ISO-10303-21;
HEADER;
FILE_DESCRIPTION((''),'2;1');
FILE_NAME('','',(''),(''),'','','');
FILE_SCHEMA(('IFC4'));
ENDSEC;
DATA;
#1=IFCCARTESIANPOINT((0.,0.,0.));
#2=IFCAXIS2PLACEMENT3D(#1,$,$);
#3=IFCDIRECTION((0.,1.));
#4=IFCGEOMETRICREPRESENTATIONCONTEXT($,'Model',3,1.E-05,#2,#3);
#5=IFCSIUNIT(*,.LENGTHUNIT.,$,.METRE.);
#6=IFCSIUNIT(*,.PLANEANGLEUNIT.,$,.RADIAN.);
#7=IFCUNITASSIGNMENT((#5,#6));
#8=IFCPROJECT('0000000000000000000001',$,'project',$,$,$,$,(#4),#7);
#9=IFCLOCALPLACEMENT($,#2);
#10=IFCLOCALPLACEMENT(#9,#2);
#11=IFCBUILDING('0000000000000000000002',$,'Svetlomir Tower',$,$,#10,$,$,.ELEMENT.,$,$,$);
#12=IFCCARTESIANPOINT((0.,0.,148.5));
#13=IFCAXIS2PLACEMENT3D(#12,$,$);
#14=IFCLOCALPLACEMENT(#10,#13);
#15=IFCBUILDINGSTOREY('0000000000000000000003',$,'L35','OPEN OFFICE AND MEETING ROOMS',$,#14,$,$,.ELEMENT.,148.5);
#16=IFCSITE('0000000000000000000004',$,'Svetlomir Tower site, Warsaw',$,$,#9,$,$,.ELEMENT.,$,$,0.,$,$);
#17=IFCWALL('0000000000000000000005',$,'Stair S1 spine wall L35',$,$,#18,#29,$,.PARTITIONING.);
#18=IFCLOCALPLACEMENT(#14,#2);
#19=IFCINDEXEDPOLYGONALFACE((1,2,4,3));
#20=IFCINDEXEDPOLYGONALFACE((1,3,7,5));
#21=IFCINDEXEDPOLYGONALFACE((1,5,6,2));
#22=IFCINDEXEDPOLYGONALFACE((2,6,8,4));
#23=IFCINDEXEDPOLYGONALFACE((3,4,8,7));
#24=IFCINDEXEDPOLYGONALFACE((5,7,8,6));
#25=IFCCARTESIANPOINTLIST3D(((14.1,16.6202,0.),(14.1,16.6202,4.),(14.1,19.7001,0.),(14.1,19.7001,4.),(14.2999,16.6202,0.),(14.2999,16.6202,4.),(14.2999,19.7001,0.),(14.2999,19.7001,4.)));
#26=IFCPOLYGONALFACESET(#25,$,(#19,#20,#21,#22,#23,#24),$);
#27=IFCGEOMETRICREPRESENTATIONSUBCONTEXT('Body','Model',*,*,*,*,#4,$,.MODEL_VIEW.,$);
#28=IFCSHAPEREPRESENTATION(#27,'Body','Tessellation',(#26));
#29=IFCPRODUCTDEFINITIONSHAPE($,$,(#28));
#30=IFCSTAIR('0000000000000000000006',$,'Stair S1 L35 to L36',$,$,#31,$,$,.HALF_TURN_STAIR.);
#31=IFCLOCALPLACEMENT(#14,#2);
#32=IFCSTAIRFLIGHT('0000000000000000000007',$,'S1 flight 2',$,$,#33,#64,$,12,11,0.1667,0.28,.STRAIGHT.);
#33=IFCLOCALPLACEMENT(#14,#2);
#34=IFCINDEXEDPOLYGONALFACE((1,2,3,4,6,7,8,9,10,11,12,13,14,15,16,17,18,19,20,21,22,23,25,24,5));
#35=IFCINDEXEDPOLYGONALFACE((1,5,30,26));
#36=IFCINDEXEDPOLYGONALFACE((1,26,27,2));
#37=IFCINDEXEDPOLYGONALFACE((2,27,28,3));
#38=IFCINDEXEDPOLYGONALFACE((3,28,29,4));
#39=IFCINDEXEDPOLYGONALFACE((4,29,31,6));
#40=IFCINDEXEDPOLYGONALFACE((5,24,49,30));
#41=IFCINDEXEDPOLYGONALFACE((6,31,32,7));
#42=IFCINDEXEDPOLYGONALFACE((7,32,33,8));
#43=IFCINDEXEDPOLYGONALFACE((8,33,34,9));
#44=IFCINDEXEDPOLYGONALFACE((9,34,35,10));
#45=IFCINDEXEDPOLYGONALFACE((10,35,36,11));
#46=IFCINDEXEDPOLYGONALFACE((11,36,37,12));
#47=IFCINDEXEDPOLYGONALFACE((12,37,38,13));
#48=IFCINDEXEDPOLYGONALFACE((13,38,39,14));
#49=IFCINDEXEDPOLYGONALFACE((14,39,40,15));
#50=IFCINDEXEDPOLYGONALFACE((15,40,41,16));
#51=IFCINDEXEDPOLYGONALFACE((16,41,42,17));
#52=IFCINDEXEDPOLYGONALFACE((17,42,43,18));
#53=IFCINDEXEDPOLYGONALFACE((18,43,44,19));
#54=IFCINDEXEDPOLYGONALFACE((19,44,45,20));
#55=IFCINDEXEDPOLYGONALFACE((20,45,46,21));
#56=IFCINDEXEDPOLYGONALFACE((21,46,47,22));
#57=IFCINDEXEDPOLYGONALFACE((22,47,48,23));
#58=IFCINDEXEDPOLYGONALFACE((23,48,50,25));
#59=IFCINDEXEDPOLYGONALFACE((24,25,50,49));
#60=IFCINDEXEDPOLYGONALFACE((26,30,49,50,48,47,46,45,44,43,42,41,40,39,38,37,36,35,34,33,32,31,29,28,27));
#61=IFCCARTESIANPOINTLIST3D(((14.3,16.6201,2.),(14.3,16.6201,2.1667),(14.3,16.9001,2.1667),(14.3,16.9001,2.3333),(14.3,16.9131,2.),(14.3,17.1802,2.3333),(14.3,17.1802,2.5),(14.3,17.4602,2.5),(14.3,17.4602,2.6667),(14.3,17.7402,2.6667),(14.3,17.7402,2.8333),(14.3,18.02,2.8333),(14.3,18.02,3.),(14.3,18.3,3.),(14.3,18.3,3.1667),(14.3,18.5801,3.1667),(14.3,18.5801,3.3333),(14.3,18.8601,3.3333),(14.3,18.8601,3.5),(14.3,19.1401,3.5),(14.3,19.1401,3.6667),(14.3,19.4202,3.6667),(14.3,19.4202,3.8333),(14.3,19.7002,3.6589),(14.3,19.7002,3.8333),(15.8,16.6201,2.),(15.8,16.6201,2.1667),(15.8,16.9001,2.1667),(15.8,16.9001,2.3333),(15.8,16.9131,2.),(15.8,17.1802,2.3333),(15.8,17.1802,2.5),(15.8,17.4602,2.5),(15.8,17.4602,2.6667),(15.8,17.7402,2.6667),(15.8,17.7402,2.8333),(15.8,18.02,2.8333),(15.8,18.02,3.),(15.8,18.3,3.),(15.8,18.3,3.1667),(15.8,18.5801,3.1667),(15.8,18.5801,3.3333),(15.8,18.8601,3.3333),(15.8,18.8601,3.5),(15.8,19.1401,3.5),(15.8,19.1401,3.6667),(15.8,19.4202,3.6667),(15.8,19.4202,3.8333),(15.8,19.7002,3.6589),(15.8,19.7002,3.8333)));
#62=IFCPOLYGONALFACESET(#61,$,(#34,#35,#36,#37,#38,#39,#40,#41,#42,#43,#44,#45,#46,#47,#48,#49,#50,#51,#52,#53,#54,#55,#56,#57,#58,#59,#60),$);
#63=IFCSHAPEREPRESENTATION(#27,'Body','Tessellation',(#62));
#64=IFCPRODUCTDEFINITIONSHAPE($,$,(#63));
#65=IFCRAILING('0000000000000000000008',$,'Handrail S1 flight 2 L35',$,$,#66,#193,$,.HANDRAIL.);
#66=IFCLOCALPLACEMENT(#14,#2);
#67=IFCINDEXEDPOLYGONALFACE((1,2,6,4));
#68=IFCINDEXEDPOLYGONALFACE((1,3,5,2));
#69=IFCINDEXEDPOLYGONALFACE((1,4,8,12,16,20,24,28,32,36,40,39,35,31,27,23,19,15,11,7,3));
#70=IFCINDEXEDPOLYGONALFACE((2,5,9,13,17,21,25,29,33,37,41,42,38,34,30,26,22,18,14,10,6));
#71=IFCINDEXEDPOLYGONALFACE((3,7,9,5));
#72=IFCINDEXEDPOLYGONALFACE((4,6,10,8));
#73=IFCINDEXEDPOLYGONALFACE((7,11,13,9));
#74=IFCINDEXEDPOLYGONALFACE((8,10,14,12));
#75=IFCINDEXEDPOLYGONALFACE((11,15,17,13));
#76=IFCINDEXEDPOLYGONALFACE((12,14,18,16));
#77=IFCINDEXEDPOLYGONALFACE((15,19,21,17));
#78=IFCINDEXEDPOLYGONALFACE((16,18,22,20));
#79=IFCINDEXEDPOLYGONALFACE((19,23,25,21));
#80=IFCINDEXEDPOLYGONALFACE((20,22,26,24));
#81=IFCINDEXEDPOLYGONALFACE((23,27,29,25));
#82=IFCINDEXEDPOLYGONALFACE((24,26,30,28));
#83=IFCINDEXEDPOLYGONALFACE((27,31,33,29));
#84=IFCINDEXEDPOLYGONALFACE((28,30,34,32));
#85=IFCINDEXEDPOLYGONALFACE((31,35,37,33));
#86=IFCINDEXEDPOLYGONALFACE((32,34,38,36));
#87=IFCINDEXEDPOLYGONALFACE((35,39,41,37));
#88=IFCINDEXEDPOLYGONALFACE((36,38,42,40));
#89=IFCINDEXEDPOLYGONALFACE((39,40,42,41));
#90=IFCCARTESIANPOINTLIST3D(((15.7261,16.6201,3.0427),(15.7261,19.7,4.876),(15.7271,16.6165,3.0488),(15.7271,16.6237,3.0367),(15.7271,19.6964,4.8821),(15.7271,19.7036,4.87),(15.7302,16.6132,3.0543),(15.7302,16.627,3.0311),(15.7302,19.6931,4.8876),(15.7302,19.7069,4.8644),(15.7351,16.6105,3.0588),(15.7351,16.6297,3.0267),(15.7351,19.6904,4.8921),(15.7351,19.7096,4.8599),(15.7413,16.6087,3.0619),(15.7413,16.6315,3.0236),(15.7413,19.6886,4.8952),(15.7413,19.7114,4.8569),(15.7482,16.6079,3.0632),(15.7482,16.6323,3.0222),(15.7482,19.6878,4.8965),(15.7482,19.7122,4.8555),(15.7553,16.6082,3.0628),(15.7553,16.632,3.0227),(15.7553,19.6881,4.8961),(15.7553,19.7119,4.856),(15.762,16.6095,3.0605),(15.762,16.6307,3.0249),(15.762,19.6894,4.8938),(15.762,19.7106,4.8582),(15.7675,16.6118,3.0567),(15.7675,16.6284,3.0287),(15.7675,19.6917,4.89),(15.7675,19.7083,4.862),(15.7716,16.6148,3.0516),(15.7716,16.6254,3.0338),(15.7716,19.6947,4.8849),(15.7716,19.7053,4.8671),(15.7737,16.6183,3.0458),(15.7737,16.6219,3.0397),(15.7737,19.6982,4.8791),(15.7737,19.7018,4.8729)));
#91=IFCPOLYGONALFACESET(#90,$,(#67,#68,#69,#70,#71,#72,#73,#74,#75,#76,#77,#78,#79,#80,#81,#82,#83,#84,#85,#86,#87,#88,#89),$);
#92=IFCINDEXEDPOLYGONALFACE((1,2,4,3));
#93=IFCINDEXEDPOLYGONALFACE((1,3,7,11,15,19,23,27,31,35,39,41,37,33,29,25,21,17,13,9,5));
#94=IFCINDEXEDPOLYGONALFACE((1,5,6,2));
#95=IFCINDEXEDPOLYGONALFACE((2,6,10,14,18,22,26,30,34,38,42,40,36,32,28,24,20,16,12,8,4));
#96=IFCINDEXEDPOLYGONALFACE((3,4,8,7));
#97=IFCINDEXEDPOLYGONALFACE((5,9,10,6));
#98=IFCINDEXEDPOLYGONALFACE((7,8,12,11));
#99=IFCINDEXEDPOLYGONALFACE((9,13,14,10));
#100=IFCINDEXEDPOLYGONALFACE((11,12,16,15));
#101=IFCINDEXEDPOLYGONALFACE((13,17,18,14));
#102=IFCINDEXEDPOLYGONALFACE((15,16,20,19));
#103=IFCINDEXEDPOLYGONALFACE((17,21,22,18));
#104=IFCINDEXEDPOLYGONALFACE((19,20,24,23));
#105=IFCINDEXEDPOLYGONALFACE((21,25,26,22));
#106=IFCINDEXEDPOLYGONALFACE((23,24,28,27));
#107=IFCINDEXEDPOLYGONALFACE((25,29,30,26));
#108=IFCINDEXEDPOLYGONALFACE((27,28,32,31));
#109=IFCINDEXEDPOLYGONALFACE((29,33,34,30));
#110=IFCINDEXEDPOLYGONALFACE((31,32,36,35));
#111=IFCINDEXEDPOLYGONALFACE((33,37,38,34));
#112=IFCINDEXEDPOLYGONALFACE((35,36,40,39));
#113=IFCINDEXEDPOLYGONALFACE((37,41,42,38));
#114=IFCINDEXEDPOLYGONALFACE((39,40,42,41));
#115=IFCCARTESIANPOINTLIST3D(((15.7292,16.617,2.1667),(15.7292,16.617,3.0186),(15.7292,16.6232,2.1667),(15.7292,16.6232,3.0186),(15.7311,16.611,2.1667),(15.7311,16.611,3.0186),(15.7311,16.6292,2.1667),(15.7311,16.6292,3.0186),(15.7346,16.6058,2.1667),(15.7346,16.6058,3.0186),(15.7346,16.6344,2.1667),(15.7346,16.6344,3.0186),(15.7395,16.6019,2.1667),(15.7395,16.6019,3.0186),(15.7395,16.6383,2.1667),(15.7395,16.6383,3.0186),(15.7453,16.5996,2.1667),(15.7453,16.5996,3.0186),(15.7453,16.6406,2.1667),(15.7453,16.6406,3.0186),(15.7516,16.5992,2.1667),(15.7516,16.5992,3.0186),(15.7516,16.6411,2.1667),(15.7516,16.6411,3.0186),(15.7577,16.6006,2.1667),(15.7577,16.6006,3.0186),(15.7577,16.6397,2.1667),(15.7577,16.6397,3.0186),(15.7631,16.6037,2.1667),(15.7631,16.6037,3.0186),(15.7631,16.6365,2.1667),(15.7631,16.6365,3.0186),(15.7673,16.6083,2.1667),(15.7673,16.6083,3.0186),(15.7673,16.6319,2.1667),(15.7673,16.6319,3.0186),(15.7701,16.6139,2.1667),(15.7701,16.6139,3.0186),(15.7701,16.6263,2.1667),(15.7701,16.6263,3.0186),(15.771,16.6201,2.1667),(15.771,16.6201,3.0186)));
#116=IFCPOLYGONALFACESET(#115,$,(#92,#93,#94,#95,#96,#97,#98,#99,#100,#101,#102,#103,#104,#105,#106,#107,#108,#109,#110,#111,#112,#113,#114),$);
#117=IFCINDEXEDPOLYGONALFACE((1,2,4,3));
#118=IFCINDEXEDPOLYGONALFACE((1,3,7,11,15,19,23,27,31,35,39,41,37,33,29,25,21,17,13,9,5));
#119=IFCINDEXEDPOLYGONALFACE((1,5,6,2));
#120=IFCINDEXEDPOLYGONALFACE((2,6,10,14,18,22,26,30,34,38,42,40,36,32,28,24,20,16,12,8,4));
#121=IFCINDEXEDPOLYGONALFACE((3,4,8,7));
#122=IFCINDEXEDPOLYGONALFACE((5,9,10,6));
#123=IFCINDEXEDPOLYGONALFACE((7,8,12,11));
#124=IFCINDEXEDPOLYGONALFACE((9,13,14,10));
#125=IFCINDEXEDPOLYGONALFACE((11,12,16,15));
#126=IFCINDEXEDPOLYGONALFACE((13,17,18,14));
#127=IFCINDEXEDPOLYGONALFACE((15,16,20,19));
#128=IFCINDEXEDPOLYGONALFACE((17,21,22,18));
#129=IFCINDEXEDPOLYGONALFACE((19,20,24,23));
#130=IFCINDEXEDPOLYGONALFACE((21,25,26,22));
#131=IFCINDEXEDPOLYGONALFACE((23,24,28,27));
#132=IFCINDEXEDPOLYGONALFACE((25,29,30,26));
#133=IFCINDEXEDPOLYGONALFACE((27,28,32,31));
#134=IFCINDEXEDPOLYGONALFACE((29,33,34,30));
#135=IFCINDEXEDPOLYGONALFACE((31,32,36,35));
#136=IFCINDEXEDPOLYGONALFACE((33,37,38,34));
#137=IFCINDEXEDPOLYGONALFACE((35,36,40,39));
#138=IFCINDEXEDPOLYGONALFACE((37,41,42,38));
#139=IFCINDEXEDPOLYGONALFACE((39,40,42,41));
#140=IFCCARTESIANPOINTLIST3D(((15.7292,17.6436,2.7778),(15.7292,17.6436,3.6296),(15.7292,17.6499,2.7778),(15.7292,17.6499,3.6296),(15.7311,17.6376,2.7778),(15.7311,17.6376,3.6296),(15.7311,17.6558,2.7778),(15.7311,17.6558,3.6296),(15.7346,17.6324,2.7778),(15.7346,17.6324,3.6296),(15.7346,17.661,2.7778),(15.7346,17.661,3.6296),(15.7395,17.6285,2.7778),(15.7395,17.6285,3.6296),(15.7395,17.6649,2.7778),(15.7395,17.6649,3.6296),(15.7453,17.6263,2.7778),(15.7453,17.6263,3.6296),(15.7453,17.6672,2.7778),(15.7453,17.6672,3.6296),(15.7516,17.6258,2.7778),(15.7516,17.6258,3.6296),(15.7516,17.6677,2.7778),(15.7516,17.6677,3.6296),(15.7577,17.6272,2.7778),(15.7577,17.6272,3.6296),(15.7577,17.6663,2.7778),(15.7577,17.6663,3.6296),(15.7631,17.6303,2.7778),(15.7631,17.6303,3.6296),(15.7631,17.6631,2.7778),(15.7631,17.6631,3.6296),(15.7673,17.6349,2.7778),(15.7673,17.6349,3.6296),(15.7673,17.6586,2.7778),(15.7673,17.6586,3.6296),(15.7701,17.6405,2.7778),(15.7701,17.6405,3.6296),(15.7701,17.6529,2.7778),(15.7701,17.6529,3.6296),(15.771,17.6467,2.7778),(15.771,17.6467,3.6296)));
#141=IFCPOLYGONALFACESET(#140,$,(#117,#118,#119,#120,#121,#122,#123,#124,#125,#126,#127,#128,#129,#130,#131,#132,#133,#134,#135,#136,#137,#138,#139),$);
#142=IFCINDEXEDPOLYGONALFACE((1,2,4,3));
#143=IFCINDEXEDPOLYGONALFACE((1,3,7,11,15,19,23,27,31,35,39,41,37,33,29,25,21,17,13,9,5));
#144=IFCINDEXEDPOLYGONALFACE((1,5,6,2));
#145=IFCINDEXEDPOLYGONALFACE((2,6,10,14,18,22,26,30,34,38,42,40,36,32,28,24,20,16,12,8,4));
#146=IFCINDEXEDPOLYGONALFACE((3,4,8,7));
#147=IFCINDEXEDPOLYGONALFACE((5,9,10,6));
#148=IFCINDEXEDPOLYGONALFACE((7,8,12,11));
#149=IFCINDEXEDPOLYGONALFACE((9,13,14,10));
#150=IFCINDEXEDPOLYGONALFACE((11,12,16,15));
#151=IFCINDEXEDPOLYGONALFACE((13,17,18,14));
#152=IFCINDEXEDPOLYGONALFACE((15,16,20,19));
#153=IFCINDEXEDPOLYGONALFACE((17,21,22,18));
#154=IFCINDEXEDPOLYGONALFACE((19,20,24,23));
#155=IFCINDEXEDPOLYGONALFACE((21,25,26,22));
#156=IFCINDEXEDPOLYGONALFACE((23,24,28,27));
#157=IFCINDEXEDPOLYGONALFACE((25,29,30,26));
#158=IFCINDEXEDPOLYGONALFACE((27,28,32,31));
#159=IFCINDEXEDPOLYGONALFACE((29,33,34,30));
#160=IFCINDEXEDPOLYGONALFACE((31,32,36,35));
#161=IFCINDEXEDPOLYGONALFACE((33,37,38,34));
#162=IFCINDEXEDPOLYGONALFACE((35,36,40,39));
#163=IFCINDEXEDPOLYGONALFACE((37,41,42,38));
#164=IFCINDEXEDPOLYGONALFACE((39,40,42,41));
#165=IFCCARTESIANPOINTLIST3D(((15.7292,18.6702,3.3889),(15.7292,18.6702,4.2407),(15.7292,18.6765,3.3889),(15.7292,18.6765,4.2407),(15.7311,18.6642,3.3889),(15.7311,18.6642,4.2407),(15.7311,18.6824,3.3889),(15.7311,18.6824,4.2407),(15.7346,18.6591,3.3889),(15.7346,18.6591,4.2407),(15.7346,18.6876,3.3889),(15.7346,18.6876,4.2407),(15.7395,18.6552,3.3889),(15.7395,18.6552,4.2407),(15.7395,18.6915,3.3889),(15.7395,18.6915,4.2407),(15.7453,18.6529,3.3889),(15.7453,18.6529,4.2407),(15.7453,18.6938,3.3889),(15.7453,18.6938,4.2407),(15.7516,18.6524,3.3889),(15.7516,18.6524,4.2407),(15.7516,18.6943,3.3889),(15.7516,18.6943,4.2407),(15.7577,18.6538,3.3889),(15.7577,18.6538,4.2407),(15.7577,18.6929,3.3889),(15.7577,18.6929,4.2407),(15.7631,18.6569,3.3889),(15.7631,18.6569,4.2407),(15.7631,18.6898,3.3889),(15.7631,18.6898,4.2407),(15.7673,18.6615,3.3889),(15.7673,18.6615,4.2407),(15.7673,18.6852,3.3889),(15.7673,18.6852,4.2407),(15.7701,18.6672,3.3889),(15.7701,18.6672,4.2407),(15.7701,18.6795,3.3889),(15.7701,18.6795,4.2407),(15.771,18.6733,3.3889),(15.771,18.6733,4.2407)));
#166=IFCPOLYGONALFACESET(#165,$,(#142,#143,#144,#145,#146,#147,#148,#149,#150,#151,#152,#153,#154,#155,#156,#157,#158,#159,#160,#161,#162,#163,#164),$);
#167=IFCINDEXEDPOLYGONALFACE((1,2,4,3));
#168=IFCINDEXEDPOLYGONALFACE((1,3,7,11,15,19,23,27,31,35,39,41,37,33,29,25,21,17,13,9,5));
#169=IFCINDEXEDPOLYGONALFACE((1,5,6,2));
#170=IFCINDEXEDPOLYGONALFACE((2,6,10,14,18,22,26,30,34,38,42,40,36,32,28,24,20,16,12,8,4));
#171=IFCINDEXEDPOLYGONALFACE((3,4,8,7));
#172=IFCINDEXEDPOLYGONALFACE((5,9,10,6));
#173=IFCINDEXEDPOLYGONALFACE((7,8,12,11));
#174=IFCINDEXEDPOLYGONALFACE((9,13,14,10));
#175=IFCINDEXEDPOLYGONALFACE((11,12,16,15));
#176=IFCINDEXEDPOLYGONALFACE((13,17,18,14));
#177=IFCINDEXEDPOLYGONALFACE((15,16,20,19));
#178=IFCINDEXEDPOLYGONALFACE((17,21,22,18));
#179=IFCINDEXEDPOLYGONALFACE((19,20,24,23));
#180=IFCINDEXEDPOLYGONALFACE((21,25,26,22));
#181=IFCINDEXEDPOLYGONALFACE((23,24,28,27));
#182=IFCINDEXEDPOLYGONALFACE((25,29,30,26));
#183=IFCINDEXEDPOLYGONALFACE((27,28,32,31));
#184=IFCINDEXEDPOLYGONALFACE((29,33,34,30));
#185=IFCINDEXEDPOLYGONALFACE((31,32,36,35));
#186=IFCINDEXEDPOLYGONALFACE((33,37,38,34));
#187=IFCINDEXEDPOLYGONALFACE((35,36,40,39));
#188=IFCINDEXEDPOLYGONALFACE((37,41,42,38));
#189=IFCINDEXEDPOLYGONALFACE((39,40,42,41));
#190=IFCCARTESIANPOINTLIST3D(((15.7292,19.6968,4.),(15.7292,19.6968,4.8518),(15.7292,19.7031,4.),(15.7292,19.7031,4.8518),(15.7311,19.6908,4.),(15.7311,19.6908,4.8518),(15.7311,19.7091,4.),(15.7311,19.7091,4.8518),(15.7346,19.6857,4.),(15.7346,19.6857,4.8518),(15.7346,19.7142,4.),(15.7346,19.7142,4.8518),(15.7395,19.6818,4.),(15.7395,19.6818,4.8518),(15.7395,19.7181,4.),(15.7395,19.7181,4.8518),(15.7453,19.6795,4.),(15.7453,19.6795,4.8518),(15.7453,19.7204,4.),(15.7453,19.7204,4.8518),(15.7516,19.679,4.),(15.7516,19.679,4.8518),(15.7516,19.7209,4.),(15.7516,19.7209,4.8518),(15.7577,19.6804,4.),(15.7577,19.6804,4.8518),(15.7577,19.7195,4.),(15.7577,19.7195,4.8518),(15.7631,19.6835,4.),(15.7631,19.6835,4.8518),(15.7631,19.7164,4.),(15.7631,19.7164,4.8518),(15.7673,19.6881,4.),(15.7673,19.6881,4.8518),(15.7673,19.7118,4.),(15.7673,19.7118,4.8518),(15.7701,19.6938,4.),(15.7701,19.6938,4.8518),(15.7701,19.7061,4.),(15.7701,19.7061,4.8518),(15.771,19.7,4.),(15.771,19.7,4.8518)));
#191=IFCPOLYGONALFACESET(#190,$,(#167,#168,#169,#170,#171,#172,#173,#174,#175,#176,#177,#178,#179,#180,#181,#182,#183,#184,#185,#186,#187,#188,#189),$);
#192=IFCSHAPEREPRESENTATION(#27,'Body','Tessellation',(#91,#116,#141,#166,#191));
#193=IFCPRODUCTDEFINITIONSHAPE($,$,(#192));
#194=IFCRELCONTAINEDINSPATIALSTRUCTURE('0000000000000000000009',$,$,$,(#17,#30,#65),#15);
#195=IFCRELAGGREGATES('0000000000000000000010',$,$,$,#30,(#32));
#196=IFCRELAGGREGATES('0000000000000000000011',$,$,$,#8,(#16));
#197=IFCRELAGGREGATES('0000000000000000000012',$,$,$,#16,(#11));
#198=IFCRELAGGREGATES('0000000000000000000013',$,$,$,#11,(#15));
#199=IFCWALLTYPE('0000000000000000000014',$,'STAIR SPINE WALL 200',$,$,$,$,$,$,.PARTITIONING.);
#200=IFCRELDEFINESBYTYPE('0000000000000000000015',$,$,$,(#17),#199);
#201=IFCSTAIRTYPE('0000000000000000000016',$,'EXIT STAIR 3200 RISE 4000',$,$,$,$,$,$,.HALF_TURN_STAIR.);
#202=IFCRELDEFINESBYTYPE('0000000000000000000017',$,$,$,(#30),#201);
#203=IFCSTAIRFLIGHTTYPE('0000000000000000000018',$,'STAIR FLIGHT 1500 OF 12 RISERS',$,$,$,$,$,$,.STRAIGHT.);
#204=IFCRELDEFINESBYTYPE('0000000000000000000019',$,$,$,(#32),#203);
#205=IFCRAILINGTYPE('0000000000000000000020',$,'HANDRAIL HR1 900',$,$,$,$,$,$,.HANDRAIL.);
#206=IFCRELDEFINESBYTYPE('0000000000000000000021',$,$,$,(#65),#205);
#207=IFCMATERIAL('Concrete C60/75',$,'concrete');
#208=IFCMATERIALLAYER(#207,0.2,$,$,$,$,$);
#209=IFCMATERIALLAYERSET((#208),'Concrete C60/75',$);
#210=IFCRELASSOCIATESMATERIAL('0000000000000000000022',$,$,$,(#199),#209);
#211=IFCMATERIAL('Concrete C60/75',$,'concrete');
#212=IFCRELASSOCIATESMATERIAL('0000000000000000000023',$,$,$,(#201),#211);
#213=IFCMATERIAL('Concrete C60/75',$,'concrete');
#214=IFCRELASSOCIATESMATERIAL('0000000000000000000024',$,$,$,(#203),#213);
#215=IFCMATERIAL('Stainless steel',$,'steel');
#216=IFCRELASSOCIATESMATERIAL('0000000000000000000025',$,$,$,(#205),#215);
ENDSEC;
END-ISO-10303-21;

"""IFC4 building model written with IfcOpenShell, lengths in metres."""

from ifc_helpers import new_model, si_unit, direction, frame, frame_2d, origin, origin_2d, place, context, subcontext, project, spatial, polyline, rectangle, circle, outline, extrude, material, layer, layer_set, type_object, element, aggregate, save


model = new_model("IFC4")

# Units and contexts
model_context = context("Model", 3, precision=1e-05, world=origin(), true_north=direction((0.0, 1.0)))
body_context = subcontext(model_context, "Body", "Model", "MODEL_VIEW")
ifc_project = project(units=[si_unit("LENGTHUNIT", "METRE"), si_unit("PLANEANGLEUNIT", "RADIAN")], contexts=[model_context])

# Site, building, storey
site_placement = place(None, origin())
site = spatial("IfcSite", under=ifc_project, at=site_placement, Name="Svetlomir Tower site, Warsaw", CompositionType="ELEMENT", RefElevation=0.0)
building_placement = place(site_placement, origin())
building = spatial("IfcBuilding", under=site, at=building_placement, Name="Svetlomir Tower", CompositionType="ELEMENT")
storey_placement = place(building_placement, frame((0.0, 0.0, 148.5)))
storey = spatial("IfcBuildingStorey", under=building, at=storey_placement, Name="L35", Description="OPEN OFFICE AND MEETING ROOMS", CompositionType="ELEMENT", Elevation=148.5)

# Wall
ifc_material_1 = material(Name="Concrete C60/75", Category="concrete")
ifc_layer_1 = layer(ifc_material_1, 0.2)
ifc_layer_set_1 = layer_set([ifc_layer_1], Name="Concrete C60/75")
wall_type_1 = type_object("IfcWallType", Name="STAIR SPINE WALL 200", PredefinedType="PARTITIONING", material=ifc_layer_set_1)
wall_1_placement = place(storey_placement, frame((14.2, 16.6201, 0.0), z_axis=(0.0, 0.0, 1.0), x_axis=(0.0, 1.0, 0.0)))
element("IfcWall", 1, at=wall_1_placement, inside=storey, type_object=wall_type_1, Name="Stair S1 spine wall L35", PredefinedType="PARTITIONING", context=body_context, shape_type="SweptSolid", body=[
    extrude(rectangle(XDim=3.0798, YDim=0.2, at=frame_2d((1.54, 0.0))), origin(), (0.0, 0.0, 1.0), 4.0),
])

# Stair, stair flight
ifc_material_2 = material(Name="Concrete C60/75", Category="concrete")
stair_type = type_object("IfcStairType", Name="EXIT STAIR 3200 RISE 4000", PredefinedType="HALF_TURN_STAIR", material=ifc_material_2)
stair_placement = place(storey_placement, origin())
stair = element("IfcStair", 2, at=stair_placement, inside=storey, type_object=stair_type, Name="Stair S1 L35 to L36", PredefinedType="HALF_TURN_STAIR")
ifc_material_3 = material(Name="Concrete C60/75", Category="concrete")
stair_flight_type = type_object("IfcStairFlightType", Name="STAIR FLIGHT 1500 OF 12 RISERS", PredefinedType="STRAIGHT", material=ifc_material_3)
stair_flight_placement = place(storey_placement, frame((15.05, 16.6201, 2.0), z_axis=(0.0, 0.0, 1.0), x_axis=(0.0, 1.0, 0.0)))
stair_flight = element("IfcStairFlight", 3, at=stair_flight_placement, type_object=stair_flight_type, Name="S1 flight 2", NumberOfRisers=12, NumberOfTreads=11, PredefinedType="STRAIGHT", RiserHeight=0.1667, TreadLength=0.28, context=body_context, shape_type="SweptSolid", body=[
    extrude(outline(polyline([(0.0, 0.0), (0.0, 0.1667), (0.28, 0.1667), (0.28, 0.3333), (0.5601, 0.3333), (0.5601, 0.5), (0.8401, 0.5), (0.8401, 0.6667), (1.1201, 0.6667), (1.1201, 0.8333), (1.3999, 0.8333), (1.3999, 1.0), (1.6799, 1.0), (1.6799, 1.1667), (1.96, 1.1667), (1.96, 1.3333), (2.24, 1.3333), (2.24, 1.5), (2.52, 1.5), (2.52, 1.6667), (2.8, 1.6667), (2.8, 1.8333), (3.0801, 1.8333), (3.0801, 2.0), (3.0801, 1.6589), (0.293, 0.0), (0.0, 0.0)])), frame((0.0, 0.75, 0.0), z_axis=(0.0, -1.0, 0.0), x_axis=(1.0, 0.0, 0.0)), (0.0, 0.0, 1.0), 1.5),
])
aggregate(stair, [stair_flight])

# Railing
ifc_material_4 = material(Name="Stainless steel", Category="steel")
railing_type = type_object("IfcRailingType", Name="HANDRAIL HR1 900", PredefinedType="HANDRAIL", material=ifc_material_4)
railing_placement = place(storey_placement, frame((15.75, 16.6201, 2.1667)))
element("IfcRailing", 4, at=railing_placement, inside=storey, type_object=railing_type, Name="Handrail S1 flight 2 L35", PredefinedType="HANDRAIL", context=body_context, shape_type="SweptSolid", body=[
    extrude(circle(Radius=0.0239, at=origin_2d()), frame((0.0, 0.0, 0.876), z_axis=(0.0, 0.859291, 0.511487), x_axis=(-1.0, 0.0, 0.0)), (0.0, 0.0, 1.0), 3.5842),
    extrude(circle(Radius=0.021, at=origin_2d()), origin(), (0.0, 0.0, 1.0), 0.8518),
    extrude(circle(Radius=0.021, at=origin_2d()), frame((0.0, 1.0266, 0.6111)), (0.0, 0.0, 1.0), 0.8518),
    extrude(circle(Radius=0.021, at=origin_2d()), frame((0.0, 2.0532, 1.2222)), (0.0, 0.0, 1.0), 0.8518),
    extrude(circle(Radius=0.021, at=origin_2d()), frame((0.0, 3.0798, 1.8333)), (0.0, 0.0, 1.0), 0.8518),
])

save(model, "model.ifc")
